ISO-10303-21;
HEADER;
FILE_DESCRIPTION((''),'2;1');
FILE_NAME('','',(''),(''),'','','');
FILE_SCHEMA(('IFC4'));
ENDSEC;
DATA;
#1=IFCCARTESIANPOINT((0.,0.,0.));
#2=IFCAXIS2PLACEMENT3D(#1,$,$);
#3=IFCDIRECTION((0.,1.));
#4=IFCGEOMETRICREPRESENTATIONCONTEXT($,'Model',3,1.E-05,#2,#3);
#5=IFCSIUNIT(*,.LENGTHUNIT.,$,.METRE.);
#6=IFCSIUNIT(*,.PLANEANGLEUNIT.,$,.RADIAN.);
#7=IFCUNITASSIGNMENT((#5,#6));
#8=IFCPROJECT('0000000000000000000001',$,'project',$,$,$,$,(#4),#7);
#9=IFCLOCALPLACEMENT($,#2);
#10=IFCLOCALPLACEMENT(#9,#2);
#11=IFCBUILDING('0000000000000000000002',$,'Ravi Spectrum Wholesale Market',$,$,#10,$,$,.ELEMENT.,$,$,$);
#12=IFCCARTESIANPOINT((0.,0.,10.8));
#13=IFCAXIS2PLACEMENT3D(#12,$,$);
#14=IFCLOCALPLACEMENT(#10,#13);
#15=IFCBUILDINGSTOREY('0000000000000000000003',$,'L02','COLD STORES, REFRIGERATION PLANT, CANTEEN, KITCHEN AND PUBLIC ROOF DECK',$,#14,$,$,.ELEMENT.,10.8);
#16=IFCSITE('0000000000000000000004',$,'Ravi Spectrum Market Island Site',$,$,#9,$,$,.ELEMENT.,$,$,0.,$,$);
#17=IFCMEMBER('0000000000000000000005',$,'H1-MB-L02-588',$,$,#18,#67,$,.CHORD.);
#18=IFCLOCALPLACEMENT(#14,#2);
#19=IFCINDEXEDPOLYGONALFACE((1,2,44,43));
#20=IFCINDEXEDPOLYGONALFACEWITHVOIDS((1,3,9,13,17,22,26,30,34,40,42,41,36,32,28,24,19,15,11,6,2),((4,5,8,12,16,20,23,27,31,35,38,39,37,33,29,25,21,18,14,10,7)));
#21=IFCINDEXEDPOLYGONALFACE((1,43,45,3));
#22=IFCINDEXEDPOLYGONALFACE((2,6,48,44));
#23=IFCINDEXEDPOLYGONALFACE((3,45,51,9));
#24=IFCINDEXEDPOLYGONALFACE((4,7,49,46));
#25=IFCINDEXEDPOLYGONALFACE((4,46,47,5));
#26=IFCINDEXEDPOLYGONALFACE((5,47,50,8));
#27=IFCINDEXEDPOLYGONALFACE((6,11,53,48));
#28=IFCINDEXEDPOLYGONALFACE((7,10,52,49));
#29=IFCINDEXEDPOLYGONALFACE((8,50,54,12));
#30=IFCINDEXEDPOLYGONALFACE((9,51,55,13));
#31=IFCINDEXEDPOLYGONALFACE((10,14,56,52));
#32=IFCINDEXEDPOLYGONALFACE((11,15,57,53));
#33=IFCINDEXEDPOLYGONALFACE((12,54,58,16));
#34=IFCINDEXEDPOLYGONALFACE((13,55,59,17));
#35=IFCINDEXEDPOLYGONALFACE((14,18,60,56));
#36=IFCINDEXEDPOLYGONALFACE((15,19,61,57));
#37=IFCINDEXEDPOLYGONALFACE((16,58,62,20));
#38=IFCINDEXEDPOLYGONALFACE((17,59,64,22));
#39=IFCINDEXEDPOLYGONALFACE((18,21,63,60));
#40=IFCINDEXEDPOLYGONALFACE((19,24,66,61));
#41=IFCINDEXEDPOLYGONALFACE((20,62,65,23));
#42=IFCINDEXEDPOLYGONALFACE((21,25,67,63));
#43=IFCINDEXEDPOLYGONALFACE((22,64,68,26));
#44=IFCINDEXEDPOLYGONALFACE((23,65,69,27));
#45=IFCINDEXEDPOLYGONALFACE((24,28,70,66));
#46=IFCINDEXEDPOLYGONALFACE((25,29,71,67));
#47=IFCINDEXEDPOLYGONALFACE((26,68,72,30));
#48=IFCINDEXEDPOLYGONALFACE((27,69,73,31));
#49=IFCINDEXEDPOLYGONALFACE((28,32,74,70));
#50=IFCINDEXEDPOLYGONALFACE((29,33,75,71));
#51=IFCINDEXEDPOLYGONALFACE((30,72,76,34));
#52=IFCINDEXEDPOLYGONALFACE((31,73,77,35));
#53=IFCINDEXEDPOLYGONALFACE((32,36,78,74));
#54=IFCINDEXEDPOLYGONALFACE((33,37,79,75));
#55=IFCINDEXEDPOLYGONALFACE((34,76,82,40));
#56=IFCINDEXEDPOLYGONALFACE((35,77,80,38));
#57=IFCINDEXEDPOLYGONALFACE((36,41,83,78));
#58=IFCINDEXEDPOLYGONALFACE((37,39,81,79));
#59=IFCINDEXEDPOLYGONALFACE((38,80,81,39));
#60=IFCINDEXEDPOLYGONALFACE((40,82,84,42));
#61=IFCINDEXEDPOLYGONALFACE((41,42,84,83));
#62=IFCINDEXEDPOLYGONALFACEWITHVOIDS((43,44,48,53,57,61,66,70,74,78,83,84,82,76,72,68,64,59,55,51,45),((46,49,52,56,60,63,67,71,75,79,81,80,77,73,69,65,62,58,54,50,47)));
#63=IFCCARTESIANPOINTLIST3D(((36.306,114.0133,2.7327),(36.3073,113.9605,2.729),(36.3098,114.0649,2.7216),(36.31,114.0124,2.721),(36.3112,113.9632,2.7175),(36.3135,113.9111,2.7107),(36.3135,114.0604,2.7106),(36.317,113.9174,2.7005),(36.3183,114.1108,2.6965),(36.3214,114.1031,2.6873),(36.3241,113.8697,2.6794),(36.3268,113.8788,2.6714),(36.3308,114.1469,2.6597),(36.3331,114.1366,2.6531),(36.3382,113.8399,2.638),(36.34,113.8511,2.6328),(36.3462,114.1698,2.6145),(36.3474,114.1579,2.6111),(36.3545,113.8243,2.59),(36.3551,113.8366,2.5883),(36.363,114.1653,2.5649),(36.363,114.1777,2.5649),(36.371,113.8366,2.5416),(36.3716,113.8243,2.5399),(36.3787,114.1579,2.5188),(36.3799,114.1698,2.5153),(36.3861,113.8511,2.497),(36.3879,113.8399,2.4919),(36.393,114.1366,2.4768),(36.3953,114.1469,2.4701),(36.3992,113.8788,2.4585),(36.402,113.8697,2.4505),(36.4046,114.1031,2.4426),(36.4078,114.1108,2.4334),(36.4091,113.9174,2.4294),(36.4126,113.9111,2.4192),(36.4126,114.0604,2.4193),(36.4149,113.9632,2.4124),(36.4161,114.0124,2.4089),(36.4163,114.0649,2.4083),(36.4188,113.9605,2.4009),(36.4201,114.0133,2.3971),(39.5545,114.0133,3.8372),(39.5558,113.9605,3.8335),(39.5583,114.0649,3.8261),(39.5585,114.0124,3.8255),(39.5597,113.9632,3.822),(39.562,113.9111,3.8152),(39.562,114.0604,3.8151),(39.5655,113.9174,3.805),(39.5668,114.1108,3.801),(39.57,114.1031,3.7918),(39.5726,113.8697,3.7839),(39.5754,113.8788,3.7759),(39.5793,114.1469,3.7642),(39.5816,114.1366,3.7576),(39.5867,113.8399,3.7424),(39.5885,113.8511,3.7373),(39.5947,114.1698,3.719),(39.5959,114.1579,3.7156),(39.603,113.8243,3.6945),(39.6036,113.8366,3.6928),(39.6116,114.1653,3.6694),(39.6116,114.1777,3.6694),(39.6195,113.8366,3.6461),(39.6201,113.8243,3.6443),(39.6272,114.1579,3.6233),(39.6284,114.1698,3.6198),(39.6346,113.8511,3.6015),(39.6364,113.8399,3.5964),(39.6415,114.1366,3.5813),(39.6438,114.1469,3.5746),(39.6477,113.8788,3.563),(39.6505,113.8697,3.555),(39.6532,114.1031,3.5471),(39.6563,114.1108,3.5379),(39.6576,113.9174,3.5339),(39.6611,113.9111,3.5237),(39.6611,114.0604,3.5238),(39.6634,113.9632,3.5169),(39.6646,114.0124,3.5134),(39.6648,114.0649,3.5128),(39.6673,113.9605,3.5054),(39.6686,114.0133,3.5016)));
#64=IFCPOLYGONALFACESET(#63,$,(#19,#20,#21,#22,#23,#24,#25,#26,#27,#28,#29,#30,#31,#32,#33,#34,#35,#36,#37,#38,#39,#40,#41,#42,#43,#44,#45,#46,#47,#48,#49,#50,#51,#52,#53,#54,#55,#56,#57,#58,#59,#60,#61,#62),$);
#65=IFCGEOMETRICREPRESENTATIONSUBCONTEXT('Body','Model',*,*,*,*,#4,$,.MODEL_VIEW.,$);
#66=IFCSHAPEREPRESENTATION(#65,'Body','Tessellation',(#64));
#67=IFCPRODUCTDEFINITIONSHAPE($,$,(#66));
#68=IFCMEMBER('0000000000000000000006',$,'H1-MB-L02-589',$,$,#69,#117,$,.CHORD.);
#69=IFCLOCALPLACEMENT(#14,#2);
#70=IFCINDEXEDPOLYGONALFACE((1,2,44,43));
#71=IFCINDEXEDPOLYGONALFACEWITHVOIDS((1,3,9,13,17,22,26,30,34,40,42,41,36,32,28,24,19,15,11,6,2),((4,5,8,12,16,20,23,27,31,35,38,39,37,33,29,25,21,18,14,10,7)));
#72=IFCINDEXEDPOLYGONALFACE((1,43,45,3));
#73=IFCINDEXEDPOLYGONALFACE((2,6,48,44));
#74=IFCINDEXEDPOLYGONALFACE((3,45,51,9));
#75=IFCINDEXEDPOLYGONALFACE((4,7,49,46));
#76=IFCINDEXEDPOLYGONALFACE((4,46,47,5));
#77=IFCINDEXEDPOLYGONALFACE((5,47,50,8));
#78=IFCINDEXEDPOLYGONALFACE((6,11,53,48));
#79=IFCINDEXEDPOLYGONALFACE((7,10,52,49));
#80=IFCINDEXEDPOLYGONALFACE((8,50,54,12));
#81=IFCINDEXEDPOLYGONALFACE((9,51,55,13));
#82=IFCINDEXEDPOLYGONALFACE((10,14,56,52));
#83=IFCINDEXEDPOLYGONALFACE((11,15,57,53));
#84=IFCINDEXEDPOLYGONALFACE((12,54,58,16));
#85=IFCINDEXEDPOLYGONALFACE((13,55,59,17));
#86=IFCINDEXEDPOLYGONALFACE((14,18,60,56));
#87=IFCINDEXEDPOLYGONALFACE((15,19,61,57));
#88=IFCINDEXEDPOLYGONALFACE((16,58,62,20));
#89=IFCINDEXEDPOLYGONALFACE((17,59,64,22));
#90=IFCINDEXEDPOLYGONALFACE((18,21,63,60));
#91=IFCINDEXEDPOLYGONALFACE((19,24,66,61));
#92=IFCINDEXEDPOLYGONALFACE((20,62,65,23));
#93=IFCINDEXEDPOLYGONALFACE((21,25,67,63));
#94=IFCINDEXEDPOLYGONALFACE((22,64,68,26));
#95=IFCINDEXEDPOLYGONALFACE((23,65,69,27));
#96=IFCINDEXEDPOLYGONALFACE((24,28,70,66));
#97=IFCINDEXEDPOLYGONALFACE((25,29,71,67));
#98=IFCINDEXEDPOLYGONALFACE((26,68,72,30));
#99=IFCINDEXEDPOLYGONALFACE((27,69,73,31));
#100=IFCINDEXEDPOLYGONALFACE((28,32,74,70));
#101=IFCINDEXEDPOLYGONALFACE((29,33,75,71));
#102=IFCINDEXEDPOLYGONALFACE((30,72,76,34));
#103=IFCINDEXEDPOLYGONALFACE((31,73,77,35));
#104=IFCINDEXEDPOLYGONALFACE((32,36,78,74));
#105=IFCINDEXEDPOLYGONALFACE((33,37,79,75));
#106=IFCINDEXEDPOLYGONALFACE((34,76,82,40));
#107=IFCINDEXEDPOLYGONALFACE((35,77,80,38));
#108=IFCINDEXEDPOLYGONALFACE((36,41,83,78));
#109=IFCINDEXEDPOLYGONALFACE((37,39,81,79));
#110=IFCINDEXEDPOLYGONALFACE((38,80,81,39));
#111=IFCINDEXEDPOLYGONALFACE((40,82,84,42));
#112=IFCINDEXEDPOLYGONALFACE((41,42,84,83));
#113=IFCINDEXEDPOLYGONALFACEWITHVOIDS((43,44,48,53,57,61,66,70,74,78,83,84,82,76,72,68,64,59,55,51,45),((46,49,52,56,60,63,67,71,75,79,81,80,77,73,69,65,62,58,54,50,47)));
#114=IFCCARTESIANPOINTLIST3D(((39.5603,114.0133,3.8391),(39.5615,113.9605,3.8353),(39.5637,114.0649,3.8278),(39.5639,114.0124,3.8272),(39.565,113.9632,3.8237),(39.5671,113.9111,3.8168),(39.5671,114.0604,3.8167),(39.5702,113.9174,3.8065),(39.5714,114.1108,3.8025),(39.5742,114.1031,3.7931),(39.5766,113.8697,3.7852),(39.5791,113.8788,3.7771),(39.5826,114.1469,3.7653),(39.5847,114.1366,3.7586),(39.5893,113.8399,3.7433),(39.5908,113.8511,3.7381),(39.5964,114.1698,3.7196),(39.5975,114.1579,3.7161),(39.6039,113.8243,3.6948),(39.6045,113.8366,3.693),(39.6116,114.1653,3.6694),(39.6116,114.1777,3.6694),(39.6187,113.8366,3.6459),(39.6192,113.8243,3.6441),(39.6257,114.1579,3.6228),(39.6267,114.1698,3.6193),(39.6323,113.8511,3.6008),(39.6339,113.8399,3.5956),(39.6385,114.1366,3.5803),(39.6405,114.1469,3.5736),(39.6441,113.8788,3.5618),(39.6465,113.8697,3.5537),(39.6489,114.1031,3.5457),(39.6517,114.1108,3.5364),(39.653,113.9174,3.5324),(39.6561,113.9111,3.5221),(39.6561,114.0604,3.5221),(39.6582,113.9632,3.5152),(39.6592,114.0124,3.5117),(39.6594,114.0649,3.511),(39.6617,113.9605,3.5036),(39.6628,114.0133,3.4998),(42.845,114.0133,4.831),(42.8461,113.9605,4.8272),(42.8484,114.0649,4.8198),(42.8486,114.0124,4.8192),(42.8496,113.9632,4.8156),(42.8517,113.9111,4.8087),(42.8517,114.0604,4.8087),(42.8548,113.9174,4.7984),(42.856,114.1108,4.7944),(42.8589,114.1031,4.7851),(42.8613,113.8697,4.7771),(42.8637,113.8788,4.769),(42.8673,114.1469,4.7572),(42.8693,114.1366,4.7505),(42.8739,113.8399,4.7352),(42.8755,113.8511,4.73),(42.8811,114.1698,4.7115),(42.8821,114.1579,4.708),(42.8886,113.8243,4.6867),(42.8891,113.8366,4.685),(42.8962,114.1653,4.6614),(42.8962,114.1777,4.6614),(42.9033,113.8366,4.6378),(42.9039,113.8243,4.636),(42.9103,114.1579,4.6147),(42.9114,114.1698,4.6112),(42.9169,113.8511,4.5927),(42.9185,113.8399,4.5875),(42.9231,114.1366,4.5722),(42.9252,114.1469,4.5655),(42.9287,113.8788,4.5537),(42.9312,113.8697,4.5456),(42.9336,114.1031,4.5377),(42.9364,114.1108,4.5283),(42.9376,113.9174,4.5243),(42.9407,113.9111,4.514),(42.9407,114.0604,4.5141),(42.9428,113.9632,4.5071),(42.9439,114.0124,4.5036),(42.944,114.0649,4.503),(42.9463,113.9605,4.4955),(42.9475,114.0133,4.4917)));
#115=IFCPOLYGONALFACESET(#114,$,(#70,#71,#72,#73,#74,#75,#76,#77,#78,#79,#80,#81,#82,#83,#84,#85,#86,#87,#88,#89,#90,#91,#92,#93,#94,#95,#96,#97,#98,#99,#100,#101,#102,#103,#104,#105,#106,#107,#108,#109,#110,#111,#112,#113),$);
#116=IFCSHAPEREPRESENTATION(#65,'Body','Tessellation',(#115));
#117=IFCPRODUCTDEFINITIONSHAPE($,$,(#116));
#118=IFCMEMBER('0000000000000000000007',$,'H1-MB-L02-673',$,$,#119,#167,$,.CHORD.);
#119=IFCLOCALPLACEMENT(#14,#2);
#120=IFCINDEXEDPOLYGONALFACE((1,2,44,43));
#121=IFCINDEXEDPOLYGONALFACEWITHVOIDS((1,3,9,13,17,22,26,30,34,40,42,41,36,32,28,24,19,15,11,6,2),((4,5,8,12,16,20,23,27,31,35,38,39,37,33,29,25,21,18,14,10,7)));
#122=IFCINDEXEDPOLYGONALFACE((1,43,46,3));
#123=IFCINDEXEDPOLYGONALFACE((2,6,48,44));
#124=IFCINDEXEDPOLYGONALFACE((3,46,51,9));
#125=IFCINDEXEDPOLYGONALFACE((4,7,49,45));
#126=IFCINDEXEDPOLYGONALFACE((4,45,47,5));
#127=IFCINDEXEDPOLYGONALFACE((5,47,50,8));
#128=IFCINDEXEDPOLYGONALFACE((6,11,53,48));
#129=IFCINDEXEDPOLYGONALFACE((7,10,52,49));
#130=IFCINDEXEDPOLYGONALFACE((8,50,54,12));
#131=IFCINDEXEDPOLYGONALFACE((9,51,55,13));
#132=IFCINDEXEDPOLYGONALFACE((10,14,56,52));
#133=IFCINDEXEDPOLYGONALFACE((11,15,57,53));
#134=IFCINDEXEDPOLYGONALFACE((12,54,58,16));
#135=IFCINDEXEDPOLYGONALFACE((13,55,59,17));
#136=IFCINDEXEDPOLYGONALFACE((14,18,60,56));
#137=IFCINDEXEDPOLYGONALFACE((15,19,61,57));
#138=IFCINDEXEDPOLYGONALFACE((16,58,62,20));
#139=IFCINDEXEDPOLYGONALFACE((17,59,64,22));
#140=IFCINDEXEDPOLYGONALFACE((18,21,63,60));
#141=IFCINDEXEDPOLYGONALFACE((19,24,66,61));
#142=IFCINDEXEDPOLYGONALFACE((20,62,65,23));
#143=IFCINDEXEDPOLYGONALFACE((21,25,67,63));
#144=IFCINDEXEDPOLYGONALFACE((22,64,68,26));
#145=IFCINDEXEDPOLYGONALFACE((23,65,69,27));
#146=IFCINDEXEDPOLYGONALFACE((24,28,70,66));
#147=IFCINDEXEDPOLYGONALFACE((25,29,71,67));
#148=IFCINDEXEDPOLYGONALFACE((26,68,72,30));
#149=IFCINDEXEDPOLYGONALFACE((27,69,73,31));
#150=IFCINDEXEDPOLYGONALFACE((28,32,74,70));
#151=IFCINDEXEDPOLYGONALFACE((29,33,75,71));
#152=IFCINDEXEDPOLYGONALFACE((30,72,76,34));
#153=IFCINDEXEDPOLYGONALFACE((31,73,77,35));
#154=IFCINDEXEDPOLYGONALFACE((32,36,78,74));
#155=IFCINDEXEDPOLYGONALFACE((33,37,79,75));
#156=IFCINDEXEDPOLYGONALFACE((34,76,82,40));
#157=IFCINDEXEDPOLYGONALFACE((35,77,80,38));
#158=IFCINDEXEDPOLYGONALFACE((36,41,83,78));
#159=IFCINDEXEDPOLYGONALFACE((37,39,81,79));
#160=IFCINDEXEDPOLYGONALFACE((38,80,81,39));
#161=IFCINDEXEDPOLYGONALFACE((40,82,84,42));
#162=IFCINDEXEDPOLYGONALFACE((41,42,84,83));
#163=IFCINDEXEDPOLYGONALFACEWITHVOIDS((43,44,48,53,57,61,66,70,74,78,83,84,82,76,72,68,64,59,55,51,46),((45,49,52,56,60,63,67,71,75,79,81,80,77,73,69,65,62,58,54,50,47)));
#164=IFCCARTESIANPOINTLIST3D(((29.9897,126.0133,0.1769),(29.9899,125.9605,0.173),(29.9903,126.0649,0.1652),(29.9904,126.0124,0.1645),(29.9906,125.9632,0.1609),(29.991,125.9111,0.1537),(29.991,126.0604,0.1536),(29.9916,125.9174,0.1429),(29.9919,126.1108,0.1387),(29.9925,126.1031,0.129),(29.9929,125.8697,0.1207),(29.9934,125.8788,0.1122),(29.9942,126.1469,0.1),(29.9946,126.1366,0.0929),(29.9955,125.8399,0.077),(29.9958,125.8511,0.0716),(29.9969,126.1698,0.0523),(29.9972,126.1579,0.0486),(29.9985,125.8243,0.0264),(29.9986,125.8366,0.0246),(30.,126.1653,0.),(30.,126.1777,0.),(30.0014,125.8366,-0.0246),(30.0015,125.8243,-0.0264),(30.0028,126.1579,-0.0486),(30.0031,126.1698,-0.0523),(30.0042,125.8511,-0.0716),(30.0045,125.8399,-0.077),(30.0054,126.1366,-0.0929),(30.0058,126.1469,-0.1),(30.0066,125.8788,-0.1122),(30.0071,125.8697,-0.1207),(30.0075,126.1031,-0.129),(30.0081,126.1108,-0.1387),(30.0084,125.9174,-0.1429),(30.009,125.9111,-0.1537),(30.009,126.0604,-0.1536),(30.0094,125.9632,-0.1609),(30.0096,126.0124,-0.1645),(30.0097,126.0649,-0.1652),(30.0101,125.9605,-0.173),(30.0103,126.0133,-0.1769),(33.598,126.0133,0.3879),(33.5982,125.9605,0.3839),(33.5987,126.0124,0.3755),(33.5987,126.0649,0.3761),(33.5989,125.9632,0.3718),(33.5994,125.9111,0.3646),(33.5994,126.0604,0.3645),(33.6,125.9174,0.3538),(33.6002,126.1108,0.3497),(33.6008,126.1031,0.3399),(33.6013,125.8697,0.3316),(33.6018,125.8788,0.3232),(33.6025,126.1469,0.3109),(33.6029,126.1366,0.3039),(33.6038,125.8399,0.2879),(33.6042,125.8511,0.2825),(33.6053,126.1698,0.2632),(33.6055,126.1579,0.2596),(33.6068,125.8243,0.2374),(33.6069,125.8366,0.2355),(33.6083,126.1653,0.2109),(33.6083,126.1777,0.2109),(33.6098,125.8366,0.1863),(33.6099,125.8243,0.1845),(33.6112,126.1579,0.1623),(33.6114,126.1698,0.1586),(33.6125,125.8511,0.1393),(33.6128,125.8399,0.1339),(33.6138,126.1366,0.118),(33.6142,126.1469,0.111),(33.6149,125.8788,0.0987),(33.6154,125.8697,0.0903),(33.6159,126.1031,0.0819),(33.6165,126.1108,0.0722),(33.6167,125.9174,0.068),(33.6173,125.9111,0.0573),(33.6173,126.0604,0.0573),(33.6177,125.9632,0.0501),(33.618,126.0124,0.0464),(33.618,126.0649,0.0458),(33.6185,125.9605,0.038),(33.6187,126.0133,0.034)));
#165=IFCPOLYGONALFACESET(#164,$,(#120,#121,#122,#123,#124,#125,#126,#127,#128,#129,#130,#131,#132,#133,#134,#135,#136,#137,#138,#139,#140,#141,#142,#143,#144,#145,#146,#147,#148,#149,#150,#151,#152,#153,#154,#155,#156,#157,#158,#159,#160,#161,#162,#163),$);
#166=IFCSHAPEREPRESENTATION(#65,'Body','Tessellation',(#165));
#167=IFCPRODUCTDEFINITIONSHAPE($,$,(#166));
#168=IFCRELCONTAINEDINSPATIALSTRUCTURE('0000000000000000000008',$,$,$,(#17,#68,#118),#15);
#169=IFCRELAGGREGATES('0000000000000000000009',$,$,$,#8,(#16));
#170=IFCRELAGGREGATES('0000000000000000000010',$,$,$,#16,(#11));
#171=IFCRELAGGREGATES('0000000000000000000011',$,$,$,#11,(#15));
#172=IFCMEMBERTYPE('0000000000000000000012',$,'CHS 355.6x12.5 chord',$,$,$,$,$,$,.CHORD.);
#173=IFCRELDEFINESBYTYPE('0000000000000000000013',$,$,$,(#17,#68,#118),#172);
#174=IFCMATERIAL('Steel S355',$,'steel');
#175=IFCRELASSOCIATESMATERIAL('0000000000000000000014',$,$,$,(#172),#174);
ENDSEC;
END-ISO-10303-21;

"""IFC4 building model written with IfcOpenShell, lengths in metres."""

from ifc_helpers import new_model, si_unit, direction, frame, origin, origin_2d, place, context, subcontext, project, spatial, hollow_circle, extrude, material, material_profile, profile_set, type_object, element, save


model = new_model("IFC4")

# Units and contexts
model_context = context("Model", 3, precision=1e-05, world=origin(), true_north=direction((0.0, 1.0)))
body_context = subcontext(model_context, "Body", "Model", "MODEL_VIEW")
ifc_project = project(units=[si_unit("LENGTHUNIT", "METRE"), si_unit("PLANEANGLEUNIT", "RADIAN")], contexts=[model_context])

# Site, building, storey
site_placement = place(None, origin())
site = spatial("IfcSite", under=ifc_project, at=site_placement, Name="Ravi Spectrum Market Island Site", CompositionType="ELEMENT", RefElevation=0.0)
building_placement = place(site_placement, origin())
building = spatial("IfcBuilding", under=site, at=building_placement, Name="Ravi Spectrum Wholesale Market", CompositionType="ELEMENT")
storey_placement = place(building_placement, frame((0.0, 0.0, 10.8)))
storey = spatial("IfcBuildingStorey", under=building, at=storey_placement, Name="L02", Description="COLD STORES, REFRIGERATION PLANT, CANTEEN, KITCHEN AND PUBLIC ROOF DECK", CompositionType="ELEMENT", Elevation=10.8)

# Members
ifc_material_1 = material(Name="Steel S355", Category="steel")
ifc_material_profile_1 = material_profile(ifc_material_1, hollow_circle(Radius=0.1777, WallThickness=0.0125, at=origin_2d()))
ifc_profile_set_1 = profile_set([ifc_material_profile_1], Name="Steel S355")
member_type_1 = type_object("IfcMemberType", Name="CHS 355.6x12.5 chord", PredefinedType="CHORD", material=ifc_profile_set_1)
for number, where, z_axis, x_axis, name in (
    (1, (36.363, 114.0, 2.5649), (0.946774, 0.0, 0.3219), (0.0, 1.0, 0.0), "H1-MB-L02-588"),
    (2, (39.6116, 114.0, 3.6694), (0.9573, 0.0, 0.289097), (0.0, 1.0, 0.0), "H1-MB-L02-589"),
):
    element("IfcMember", number, at=place(storey_placement, frame(where, z_axis=z_axis, x_axis=x_axis)), inside=storey, type_object=member_type_1, Name=name, PredefinedType="CHORD", context=body_context, shape_type="SweptSolid", body=[
        extrude(hollow_circle(Radius=0.1777, WallThickness=0.0125, at=origin_2d()), origin(), (0.0, 0.0, 1.0), 3.4312),
    ])
member_1_placement = place(storey_placement, frame((30.0, 126.0, 0.0), z_axis=(0.998296, 0.0, 0.058358), x_axis=(0.0, 1.0, 0.0)))
element("IfcMember", 3, at=member_1_placement, inside=storey, type_object=member_type_1, Name="H1-MB-L02-673", PredefinedType="CHORD", context=body_context, shape_type="SweptSolid", body=[
    extrude(hollow_circle(Radius=0.1777, WallThickness=0.0125, at=origin_2d()), origin(), (0.0, 0.0, 1.0), 3.6145),
])

save(model, "model.ifc")
